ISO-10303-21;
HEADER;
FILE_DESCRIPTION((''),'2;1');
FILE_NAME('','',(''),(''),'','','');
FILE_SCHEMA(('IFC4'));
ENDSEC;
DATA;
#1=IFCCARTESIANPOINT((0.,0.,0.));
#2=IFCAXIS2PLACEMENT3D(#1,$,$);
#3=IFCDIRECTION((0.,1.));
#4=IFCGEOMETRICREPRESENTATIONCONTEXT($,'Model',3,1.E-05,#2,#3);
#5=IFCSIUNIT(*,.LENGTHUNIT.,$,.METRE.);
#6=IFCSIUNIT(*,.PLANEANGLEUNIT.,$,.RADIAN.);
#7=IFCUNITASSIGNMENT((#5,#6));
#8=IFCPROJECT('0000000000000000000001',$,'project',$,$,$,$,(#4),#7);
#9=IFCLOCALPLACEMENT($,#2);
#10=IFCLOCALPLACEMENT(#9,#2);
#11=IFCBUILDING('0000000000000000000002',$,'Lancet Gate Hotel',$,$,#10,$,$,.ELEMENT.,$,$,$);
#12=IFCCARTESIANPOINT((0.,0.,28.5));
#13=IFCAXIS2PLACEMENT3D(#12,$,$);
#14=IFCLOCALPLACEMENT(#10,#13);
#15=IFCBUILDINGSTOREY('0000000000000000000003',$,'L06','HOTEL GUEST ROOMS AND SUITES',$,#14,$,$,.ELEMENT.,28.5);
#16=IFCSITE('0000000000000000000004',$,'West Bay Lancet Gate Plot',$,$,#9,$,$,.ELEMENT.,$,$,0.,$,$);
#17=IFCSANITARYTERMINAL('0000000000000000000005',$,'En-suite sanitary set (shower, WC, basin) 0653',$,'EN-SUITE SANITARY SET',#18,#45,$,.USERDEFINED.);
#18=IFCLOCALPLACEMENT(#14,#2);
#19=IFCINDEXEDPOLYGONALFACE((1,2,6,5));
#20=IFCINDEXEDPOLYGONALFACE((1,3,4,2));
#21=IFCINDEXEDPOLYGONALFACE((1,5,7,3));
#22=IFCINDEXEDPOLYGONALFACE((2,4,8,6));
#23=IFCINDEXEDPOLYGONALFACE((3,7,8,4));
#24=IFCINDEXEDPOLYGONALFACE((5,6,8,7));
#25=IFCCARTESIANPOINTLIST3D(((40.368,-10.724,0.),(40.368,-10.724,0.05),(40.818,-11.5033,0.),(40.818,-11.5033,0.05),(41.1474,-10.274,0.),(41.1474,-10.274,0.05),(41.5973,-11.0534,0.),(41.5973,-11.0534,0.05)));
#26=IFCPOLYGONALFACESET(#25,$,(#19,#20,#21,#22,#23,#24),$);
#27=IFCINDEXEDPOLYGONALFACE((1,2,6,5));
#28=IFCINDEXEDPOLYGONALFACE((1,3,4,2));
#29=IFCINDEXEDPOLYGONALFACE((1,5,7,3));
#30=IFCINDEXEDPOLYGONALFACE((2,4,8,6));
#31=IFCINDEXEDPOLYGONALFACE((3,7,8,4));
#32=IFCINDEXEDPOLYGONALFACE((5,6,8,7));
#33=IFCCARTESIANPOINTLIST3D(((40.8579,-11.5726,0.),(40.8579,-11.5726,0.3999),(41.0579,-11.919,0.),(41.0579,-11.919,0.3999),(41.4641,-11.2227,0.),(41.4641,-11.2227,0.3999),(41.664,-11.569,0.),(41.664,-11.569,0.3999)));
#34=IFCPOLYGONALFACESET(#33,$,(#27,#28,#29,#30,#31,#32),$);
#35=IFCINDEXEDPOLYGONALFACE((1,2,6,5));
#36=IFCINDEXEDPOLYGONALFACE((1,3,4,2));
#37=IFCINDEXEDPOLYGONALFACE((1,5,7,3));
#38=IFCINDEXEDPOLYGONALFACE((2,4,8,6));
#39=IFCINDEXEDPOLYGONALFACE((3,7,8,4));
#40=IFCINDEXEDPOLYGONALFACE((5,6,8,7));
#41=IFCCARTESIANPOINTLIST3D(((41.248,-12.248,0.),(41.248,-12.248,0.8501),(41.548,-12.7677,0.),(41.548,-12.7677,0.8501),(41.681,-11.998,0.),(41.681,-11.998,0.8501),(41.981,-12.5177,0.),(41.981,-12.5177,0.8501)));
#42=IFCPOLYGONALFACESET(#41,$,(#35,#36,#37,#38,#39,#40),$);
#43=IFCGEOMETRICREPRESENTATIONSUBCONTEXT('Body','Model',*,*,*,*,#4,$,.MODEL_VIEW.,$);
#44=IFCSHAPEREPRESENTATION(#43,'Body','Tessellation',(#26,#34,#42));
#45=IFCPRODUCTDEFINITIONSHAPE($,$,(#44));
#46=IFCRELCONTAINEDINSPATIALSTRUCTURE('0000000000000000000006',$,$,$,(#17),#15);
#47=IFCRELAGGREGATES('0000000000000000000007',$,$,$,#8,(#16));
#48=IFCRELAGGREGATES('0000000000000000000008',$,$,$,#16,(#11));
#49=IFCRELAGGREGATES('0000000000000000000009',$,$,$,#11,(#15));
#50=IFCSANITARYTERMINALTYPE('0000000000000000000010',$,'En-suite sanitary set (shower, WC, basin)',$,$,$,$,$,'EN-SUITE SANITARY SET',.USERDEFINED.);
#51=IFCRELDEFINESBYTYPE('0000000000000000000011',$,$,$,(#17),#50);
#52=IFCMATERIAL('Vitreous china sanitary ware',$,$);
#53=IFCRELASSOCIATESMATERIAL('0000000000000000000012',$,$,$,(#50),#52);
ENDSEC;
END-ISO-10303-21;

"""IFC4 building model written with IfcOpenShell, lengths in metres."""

from ifc_helpers import new_model, si_unit, direction, frame, origin, origin_2d, place, context, subcontext, project, spatial, rectangle, extrude, material, type_object, element, save


model = new_model("IFC4")

# Units and contexts
model_context = context("Model", 3, precision=1e-05, world=origin(), true_north=direction((0.0, 1.0)))
body_context = subcontext(model_context, "Body", "Model", "MODEL_VIEW")
ifc_project = project(units=[si_unit("LENGTHUNIT", "METRE"), si_unit("PLANEANGLEUNIT", "RADIAN")], contexts=[model_context])

# Site, building, storey
site_placement = place(None, origin())
site = spatial("IfcSite", under=ifc_project, at=site_placement, Name="West Bay Lancet Gate Plot", CompositionType="ELEMENT", RefElevation=0.0)
building_placement = place(site_placement, origin())
building = spatial("IfcBuilding", under=site, at=building_placement, Name="Lancet Gate Hotel", CompositionType="ELEMENT")
storey_placement = place(building_placement, frame((0.0, 0.0, 28.5)))
storey = spatial("IfcBuildingStorey", under=building, at=storey_placement, Name="L06", Description="HOTEL GUEST ROOMS AND SUITES", CompositionType="ELEMENT", Elevation=28.5)

# Sanitary terminal
ifc_material_1 = material(Name="Vitreous china sanitary ware")
sanitary_terminal_type = type_object("IfcSanitaryTerminalType", Name="En-suite sanitary set (shower, WC, basin)", ElementType="EN-SUITE SANITARY SET", PredefinedType="USERDEFINED", material=ifc_material_1)
sanitary_terminal_1_placement = place(storey_placement, frame((40.9827, -10.8887, 0.0), z_axis=(0.0, 0.0, 1.0), x_axis=(1.0, 0.0, 0.0)))
element("IfcSanitaryTerminal", 1, at=sanitary_terminal_1_placement, inside=storey, type_object=sanitary_terminal_type, Name="En-suite sanitary set (shower, WC, basin) 0653", ObjectType="EN-SUITE SANITARY SET", PredefinedType="USERDEFINED", context=body_context, shape_type="SweptSolid", body=[
    extrude(rectangle(XDim=0.8999, YDim=0.8999, at=origin_2d()), frame((0.0, 0.0, 0.0), z_axis=(0.0, 0.0, 1.0), x_axis=(-0.5, 0.866025, 0.0)), (0.0, 0.0, 1.0), 0.05),
    extrude(rectangle(XDim=0.3999, YDim=0.7, at=origin_2d()), frame((0.2783, -0.6821, 0.0), z_axis=(0.0, 0.0, 1.0), x_axis=(-0.5, 0.866025, 0.0)), (0.0, 0.0, 1.0), 0.3999),
    extrude(rectangle(XDim=0.6001, YDim=0.5, at=origin_2d()), frame((0.6318, -1.4941, 0.0), z_axis=(0.0, 0.0, 1.0), x_axis=(-0.5, 0.866025, 0.0)), (0.0, 0.0, 1.0), 0.8501),
])

save(model, "model.ifc")
